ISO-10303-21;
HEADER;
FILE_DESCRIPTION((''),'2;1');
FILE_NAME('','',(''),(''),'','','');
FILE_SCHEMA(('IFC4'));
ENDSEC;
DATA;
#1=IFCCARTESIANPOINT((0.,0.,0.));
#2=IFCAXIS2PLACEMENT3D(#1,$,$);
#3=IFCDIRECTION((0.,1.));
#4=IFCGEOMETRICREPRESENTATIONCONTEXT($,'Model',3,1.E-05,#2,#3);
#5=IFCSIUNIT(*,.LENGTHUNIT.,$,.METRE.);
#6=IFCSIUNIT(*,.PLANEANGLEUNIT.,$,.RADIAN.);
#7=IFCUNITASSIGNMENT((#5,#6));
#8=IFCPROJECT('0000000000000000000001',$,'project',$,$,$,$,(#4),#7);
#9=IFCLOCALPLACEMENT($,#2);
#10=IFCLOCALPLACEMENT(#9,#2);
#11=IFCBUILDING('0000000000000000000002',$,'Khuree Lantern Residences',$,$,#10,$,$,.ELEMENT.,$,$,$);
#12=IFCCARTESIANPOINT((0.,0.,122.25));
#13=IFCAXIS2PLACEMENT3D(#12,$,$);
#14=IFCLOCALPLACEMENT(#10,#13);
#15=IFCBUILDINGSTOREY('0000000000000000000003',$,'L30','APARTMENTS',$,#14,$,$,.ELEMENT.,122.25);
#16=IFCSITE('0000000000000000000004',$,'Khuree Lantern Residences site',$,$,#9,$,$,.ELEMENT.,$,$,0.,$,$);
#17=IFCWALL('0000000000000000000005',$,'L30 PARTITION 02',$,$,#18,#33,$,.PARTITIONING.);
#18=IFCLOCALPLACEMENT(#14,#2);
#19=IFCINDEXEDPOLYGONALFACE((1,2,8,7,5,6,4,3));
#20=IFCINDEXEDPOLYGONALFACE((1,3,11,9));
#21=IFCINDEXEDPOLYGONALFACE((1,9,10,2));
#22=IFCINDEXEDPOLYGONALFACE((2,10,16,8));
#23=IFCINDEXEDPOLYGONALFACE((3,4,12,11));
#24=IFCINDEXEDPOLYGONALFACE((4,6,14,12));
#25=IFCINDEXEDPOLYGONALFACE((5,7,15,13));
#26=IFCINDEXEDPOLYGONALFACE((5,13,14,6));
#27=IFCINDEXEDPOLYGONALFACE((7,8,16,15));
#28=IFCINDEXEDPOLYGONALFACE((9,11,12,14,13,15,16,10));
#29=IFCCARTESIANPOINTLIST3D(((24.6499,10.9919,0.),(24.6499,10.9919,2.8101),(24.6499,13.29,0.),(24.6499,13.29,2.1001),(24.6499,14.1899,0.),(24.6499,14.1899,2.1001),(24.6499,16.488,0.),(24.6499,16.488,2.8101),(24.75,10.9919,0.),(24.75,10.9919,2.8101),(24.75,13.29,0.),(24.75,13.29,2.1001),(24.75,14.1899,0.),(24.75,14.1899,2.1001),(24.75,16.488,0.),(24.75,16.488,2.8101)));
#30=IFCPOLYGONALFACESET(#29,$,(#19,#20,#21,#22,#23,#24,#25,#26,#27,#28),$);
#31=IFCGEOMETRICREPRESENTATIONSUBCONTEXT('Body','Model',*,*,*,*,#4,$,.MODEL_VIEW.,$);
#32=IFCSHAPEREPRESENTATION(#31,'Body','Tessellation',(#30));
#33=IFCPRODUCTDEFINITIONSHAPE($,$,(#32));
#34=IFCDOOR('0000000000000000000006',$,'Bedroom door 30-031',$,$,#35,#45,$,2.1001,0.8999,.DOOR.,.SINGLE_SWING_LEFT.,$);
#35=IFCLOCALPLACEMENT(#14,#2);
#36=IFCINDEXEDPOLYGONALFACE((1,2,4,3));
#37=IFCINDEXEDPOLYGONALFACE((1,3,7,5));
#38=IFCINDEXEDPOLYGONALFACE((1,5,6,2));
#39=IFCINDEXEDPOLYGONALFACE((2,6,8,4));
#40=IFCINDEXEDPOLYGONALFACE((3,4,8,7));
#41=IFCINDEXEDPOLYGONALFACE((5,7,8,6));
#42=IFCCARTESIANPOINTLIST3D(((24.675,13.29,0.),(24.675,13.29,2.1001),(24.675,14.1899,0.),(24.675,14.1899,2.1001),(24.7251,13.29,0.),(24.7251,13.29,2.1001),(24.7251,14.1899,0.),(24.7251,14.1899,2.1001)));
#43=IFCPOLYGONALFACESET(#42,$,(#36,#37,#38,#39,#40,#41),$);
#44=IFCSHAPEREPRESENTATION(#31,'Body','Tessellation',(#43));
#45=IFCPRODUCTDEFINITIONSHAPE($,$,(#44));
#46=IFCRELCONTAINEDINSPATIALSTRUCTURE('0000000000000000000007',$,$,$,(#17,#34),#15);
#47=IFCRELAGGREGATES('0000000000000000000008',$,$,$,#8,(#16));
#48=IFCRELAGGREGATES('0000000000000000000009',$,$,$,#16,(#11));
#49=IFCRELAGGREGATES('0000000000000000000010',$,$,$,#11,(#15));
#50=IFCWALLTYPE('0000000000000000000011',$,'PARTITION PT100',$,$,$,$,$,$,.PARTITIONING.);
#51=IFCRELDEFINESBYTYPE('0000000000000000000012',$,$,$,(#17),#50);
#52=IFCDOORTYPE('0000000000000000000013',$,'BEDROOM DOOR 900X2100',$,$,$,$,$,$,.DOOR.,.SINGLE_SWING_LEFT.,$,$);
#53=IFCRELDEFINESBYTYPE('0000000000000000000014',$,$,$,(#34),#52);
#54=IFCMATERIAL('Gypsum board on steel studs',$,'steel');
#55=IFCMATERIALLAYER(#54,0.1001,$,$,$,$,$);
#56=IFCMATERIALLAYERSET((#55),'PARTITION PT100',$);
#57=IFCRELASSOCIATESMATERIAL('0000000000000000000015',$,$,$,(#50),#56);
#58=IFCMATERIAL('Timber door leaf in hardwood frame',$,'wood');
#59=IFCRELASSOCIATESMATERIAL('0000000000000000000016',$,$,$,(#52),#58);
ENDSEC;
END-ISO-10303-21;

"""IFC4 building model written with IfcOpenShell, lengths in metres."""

from ifc_helpers import new_model, si_unit, direction, frame, frame_2d, origin, place, context, subcontext, project, spatial, rectangle, extrude, material, layer, layer_set, type_object, element, fill, save


model = new_model("IFC4")

# Units and contexts
model_context = context("Model", 3, precision=1e-05, world=origin(), true_north=direction((0.0, 1.0)))
body_context = subcontext(model_context, "Body", "Model", "MODEL_VIEW")
ifc_project = project(units=[si_unit("LENGTHUNIT", "METRE"), si_unit("PLANEANGLEUNIT", "RADIAN")], contexts=[model_context])

# Site, building, storey
site_placement = place(None, origin())
site = spatial("IfcSite", under=ifc_project, at=site_placement, Name="Khuree Lantern Residences site", CompositionType="ELEMENT", RefElevation=0.0)
building_placement = place(site_placement, origin())
building = spatial("IfcBuilding", under=site, at=building_placement, Name="Khuree Lantern Residences", CompositionType="ELEMENT")
storey_placement = place(building_placement, frame((0.0, 0.0, 122.25)))
storey = spatial("IfcBuildingStorey", under=building, at=storey_placement, Name="L30", Description="APARTMENTS", CompositionType="ELEMENT", Elevation=122.25)

# Shared definitions
ifc_material_1 = material(Name="Gypsum board on steel studs", Category="steel")
ifc_layer_1 = layer(ifc_material_1, 0.1001)
ifc_layer_set_1 = layer_set([ifc_layer_1], Name="PARTITION PT100")
wall_type_1 = type_object("IfcWallType", Name="PARTITION PT100", PredefinedType="PARTITIONING", material=ifc_layer_set_1)

# Shared definitions
ifc_material_2 = material(Name="Timber door leaf in hardwood frame", Category="wood")
door_type_1 = type_object("IfcDoorType", Name="BEDROOM DOOR 900X2100", OperationType="SINGLE_SWING_LEFT", PredefinedType="DOOR", material=ifc_material_2)

# Wall, opening, door
wall_1_placement = place(storey_placement, frame((24.7, 10.9919, 0.0), z_axis=(0.0, 0.0, 1.0), x_axis=(0.0, 1.0, 0.0)))
wall_1 = element("IfcWall", 1, at=wall_1_placement, inside=storey, type_object=wall_type_1, Name="L30 PARTITION 02", PredefinedType="PARTITIONING", context=body_context, shape_type="SweptSolid", body=[
    extrude(rectangle(XDim=5.4961, YDim=0.1001, at=frame_2d((2.748, 0.0))), origin(), (0.0, 0.0, 1.0), 2.8101),
])
opening_1_placement = place(wall_1_placement, frame((2.2981, 0.0, 0.0)))
opening_1 = element("IfcOpeningElement", 2, at=opening_1_placement, cuts=wall_1, PredefinedType="OPENING", context=body_context, shape_type="SweptSolid", body=[
    extrude(rectangle(XDim=0.8999, YDim=2.1001, at=frame_2d((0.45, 1.05))), frame((0.0, 0.0601, 0.0), z_axis=(0.0, -1.0, 0.0), x_axis=(1.0, 0.0, 0.0)), (0.0, 0.0, 1.0), 0.1201),
])
door_1_placement = place(opening_1_placement, origin())
door_1 = element("IfcDoor", 3, at=door_1_placement, inside=storey, type_object=door_type_1, Name="Bedroom door 30-031", OperationType="SINGLE_SWING_LEFT", OverallHeight=2.1001, OverallWidth=0.8999, PredefinedType="DOOR", context=body_context, shape_type="SweptSolid", body=[
    extrude(rectangle(XDim=0.8999, YDim=2.1001, at=frame_2d((0.45, 1.05))), frame((0.0, 0.0249, 0.0), z_axis=(0.0, -1.0, 0.0), x_axis=(1.0, 0.0, 0.0)), (0.0, 0.0, 1.0), 0.05),
])
fill(opening_1, door_1)

save(model, "model.ifc")
